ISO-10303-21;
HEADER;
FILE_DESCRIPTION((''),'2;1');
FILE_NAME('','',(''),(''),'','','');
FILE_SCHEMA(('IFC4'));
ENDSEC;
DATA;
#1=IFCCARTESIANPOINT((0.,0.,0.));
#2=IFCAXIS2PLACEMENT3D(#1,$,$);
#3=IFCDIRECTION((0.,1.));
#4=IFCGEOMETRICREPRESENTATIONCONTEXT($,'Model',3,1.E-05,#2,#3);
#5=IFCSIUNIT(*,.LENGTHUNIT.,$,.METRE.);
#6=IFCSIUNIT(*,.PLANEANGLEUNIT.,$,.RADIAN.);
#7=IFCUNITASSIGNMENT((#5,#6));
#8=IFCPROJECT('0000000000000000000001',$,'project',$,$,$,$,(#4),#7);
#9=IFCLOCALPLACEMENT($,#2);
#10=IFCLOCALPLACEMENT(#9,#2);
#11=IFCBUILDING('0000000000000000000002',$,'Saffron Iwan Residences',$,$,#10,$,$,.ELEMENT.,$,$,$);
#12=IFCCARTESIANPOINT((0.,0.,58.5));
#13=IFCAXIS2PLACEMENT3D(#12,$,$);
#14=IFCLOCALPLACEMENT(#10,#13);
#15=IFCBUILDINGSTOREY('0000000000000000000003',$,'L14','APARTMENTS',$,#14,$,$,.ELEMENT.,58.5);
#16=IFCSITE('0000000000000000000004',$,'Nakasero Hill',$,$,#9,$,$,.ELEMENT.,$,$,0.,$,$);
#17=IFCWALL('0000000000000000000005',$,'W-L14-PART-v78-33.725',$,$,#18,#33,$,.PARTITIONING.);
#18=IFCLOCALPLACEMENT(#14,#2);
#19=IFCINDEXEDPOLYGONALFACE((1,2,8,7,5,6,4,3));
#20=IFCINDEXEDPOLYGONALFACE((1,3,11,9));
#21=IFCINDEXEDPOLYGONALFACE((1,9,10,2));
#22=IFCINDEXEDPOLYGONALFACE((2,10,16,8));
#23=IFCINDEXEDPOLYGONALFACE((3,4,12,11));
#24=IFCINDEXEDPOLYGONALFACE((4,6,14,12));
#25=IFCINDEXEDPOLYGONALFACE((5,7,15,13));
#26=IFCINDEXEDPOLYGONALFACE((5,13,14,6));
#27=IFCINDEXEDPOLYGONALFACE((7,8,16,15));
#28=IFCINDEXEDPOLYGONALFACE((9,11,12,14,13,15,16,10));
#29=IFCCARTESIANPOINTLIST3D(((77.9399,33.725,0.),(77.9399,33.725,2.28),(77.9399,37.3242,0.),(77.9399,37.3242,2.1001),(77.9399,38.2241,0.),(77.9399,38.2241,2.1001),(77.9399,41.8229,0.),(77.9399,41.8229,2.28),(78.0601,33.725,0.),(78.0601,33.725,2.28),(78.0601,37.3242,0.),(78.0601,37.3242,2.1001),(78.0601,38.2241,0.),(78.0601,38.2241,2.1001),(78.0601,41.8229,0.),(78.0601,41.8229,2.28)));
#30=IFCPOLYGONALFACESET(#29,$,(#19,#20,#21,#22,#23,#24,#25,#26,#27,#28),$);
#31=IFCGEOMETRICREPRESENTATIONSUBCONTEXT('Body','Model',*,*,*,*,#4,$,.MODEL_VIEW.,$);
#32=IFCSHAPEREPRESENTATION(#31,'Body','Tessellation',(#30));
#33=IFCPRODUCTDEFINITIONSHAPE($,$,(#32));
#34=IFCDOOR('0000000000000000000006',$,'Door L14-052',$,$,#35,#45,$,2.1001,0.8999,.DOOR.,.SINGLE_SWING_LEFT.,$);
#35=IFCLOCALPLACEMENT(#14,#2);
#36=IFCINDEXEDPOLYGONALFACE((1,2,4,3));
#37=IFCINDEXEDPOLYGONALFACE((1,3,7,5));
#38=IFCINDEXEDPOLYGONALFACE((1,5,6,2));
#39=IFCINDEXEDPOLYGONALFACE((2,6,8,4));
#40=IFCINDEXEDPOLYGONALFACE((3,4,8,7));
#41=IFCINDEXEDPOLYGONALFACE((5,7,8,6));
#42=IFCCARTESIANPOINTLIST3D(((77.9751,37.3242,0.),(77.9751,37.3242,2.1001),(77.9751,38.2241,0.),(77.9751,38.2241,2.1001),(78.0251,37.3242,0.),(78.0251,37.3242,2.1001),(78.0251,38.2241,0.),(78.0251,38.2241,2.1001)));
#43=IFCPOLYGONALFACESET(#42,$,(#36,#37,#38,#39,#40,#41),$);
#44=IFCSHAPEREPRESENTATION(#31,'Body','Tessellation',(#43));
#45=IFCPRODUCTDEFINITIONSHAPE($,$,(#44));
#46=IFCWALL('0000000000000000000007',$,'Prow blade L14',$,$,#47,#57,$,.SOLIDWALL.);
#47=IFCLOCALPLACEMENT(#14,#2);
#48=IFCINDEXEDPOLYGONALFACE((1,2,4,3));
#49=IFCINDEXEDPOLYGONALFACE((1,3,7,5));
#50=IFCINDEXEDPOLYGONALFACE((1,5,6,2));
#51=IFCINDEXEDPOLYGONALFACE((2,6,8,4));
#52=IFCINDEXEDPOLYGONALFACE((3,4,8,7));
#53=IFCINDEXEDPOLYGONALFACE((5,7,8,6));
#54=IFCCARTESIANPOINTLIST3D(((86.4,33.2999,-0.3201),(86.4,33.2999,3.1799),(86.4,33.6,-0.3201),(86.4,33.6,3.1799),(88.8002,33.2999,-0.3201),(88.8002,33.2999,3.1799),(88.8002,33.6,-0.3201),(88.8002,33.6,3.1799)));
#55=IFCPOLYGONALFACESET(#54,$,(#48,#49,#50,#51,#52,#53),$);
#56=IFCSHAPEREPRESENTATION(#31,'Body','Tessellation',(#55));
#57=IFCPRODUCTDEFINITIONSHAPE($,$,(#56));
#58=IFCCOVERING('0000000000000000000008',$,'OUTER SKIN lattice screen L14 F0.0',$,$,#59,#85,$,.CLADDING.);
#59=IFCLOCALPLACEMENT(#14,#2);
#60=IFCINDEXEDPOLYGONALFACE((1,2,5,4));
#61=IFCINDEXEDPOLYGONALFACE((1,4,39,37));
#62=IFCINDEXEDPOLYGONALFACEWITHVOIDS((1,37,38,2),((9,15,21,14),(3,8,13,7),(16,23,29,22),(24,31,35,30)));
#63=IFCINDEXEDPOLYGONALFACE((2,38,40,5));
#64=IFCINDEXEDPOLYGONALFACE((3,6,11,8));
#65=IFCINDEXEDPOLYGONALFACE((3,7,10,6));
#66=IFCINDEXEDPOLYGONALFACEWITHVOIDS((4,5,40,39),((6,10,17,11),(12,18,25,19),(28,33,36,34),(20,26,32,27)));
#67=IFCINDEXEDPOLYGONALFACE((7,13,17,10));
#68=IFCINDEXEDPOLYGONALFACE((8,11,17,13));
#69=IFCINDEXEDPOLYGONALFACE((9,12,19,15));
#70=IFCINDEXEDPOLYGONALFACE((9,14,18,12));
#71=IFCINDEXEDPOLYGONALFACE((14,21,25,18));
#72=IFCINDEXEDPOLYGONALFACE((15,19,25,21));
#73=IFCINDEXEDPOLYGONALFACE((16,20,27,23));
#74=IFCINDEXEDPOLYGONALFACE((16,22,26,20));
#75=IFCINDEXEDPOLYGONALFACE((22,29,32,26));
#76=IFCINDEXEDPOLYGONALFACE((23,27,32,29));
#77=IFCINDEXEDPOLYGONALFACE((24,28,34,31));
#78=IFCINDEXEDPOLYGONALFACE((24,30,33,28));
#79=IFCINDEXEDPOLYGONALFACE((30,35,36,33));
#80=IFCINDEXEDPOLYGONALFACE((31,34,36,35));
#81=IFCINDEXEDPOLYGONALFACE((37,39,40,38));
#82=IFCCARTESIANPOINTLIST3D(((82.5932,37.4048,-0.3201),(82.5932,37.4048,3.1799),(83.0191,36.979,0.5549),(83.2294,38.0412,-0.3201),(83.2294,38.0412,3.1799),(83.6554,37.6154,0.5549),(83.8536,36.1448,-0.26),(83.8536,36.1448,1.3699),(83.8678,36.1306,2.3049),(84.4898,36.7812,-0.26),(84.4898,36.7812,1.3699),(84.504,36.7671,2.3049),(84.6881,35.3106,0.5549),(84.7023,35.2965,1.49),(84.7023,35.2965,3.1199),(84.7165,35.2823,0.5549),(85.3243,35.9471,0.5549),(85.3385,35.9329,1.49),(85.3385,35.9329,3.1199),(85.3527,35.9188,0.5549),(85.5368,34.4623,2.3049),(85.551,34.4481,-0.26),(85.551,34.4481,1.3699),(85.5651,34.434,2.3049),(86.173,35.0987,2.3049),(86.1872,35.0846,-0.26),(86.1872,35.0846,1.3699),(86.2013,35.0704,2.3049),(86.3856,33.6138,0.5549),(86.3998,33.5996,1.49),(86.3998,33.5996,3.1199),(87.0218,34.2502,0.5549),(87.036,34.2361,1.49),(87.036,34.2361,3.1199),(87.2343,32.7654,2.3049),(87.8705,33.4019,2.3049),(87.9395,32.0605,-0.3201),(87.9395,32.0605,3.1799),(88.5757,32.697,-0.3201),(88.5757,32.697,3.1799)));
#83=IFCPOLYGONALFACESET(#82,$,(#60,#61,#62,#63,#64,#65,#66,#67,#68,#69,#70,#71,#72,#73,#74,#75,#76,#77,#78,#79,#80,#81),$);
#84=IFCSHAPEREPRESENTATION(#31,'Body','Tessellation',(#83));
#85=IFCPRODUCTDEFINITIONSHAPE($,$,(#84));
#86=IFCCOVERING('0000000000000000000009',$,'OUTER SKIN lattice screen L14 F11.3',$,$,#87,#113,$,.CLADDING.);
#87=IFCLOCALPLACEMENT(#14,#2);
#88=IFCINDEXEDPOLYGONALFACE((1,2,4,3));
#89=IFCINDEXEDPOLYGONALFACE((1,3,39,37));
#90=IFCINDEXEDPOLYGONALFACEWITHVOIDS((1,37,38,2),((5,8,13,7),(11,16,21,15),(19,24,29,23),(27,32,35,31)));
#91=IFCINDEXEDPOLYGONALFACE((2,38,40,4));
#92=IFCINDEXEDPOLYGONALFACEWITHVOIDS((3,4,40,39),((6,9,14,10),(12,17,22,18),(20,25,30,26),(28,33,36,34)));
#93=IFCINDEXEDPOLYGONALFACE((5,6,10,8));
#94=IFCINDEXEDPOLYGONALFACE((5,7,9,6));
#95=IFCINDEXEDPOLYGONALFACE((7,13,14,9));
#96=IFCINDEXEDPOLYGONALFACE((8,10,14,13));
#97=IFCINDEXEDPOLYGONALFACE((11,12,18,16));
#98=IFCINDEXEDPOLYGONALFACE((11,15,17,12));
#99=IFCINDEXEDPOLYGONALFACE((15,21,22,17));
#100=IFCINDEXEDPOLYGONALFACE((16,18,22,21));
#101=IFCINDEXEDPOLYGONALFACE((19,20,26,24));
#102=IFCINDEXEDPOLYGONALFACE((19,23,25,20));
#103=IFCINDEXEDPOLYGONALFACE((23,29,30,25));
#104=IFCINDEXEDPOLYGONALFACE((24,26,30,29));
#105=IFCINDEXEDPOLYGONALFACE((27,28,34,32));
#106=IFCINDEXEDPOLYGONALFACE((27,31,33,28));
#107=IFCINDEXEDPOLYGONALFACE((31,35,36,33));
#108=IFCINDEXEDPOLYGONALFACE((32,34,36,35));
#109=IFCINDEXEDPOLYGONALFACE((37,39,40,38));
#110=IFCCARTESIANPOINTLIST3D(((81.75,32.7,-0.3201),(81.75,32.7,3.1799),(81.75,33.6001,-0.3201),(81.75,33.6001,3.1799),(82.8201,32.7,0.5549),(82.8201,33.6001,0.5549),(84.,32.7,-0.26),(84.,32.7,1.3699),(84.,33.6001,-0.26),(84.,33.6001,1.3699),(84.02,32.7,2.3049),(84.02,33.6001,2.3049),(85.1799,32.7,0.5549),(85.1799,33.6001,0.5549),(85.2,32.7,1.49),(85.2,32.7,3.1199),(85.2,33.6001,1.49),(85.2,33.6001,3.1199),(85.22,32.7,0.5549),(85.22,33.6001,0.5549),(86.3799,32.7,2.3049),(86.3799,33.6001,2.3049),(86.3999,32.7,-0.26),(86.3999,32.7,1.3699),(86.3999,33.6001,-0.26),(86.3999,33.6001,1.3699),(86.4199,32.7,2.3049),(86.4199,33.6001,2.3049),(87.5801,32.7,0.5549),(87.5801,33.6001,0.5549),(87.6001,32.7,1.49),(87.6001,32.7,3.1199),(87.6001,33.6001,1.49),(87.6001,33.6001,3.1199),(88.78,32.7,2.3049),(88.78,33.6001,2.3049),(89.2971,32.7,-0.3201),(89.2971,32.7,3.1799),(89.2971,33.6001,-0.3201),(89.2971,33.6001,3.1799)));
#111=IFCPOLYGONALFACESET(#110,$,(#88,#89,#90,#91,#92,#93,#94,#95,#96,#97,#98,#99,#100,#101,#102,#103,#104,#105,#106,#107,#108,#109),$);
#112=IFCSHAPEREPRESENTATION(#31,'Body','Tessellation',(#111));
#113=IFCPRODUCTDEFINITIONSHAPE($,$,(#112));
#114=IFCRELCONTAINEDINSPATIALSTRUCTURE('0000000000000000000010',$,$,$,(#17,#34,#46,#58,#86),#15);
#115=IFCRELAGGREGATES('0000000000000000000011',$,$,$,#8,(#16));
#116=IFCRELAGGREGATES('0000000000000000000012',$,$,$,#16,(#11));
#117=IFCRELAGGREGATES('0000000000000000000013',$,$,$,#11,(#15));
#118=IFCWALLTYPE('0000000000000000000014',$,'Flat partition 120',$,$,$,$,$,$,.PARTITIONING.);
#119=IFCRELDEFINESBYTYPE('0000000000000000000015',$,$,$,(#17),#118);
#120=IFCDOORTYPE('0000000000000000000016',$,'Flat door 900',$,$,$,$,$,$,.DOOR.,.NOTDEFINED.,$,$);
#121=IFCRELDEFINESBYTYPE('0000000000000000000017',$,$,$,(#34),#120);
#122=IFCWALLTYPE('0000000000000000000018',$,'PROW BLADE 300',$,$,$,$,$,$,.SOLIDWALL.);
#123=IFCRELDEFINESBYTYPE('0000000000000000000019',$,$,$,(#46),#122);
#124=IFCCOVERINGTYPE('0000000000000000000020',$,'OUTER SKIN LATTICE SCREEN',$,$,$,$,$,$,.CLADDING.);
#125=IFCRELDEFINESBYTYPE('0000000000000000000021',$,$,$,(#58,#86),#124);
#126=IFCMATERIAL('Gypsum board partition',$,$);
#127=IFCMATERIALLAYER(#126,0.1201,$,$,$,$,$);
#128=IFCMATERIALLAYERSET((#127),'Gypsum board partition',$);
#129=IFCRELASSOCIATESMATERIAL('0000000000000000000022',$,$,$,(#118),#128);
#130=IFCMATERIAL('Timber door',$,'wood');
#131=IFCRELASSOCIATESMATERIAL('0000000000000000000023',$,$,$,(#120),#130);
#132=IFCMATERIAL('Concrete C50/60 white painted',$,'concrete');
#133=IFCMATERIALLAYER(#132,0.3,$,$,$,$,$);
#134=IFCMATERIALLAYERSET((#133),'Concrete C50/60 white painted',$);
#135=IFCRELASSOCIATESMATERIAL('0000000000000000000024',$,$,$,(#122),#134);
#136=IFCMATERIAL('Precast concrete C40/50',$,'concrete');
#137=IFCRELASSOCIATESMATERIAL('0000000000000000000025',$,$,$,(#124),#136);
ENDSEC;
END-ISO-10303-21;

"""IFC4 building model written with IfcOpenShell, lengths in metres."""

from ifc_helpers import new_model, si_unit, direction, frame, frame_2d, origin, place, context, subcontext, project, spatial, polyline, rectangle, outline, extrude, material, layer, layer_set, type_object, element, fill, save


model = new_model("IFC4")

# Units and contexts
model_context = context("Model", 3, precision=1e-05, world=origin(), true_north=direction((0.0, 1.0)))
body_context = subcontext(model_context, "Body", "Model", "MODEL_VIEW")
ifc_project = project(units=[si_unit("LENGTHUNIT", "METRE"), si_unit("PLANEANGLEUNIT", "RADIAN")], contexts=[model_context])

# Site, building, storey
site_placement = place(None, origin())
site = spatial("IfcSite", under=ifc_project, at=site_placement, Name="Nakasero Hill", CompositionType="ELEMENT", RefElevation=0.0)
building_placement = place(site_placement, origin())
building = spatial("IfcBuilding", under=site, at=building_placement, Name="Saffron Iwan Residences", CompositionType="ELEMENT")
storey_placement = place(building_placement, frame((0.0, 0.0, 58.5)))
storey = spatial("IfcBuildingStorey", under=building, at=storey_placement, Name="L14", Description="APARTMENTS", CompositionType="ELEMENT", Elevation=58.5)

# Shared definitions
ifc_material_1 = material(Name="Concrete C50/60 white painted", Category="concrete")

# Wall, opening, door
ifc_material_2 = material(Name="Gypsum board partition")
ifc_layer_1 = layer(ifc_material_2, 0.1201)
ifc_layer_set_1 = layer_set([ifc_layer_1], Name="Gypsum board partition")
wall_type_1 = type_object("IfcWallType", Name="Flat partition 120", PredefinedType="PARTITIONING", material=ifc_layer_set_1)
wall_1_placement = place(storey_placement, frame((78.0, 33.7251, 0.0), z_axis=(0.0, 0.0, 1.0), x_axis=(0.0, 1.0, 0.0)))
wall_1 = element("IfcWall", 1, at=wall_1_placement, inside=storey, type_object=wall_type_1, Name="W-L14-PART-v78-33.725", PredefinedType="PARTITIONING", context=body_context, shape_type="SweptSolid", body=[
    extrude(rectangle(XDim=8.0979, YDim=0.1201, at=frame_2d((4.0488, 0.0))), origin(), (0.0, 0.0, 1.0), 2.28),
])
opening_1_placement = place(wall_1_placement, frame((3.5991, 0.0, 0.0)))
opening_1 = element("IfcOpeningElement", 2, at=opening_1_placement, cuts=wall_1, PredefinedType="OPENING", context=body_context, shape_type="SweptSolid", body=[
    extrude(rectangle(XDim=0.8999, YDim=2.1001, at=frame_2d((0.45, 1.05))), frame((0.0, 0.0701, 0.0), z_axis=(0.0, -1.0, 0.0), x_axis=(1.0, 0.0, 0.0)), (0.0, 0.0, 1.0), 0.1401),
])
ifc_material_3 = material(Name="Timber door", Category="wood")
door_type = type_object("IfcDoorType", Name="Flat door 900", OperationType="NOTDEFINED", PredefinedType="DOOR", material=ifc_material_3)
door_placement = place(opening_1_placement, origin())
door = element("IfcDoor", 3, at=door_placement, inside=storey, type_object=door_type, Name="Door L14-052", OperationType="SINGLE_SWING_LEFT", OverallHeight=2.1001, OverallWidth=0.8999, PredefinedType="DOOR", context=body_context, shape_type="SweptSolid", body=[
    extrude(rectangle(XDim=0.8999, YDim=2.1001, at=frame_2d((0.45, 1.05))), frame((0.0, 0.0249, 0.0), z_axis=(0.0, -1.0, 0.0), x_axis=(1.0, 0.0, 0.0)), (0.0, 0.0, 1.0), 0.05),
])
fill(opening_1, door)

# Wall
ifc_layer_2 = layer(ifc_material_1, 0.3)
ifc_layer_set_2 = layer_set([ifc_layer_2], Name="Concrete C50/60 white painted")
wall_type_2 = type_object("IfcWallType", Name="PROW BLADE 300", PredefinedType="SOLIDWALL", material=ifc_layer_set_2)
wall_2_placement = place(storey_placement, frame((86.3999, 33.45, -0.3201), z_axis=(0.0, 0.0, 1.0), x_axis=(1.0, 0.0, 0.0)))
element("IfcWall", 4, at=wall_2_placement, inside=storey, type_object=wall_type_2, Name="Prow blade L14", PredefinedType="SOLIDWALL", context=body_context, shape_type="SweptSolid", body=[
    extrude(rectangle(XDim=2.4001, YDim=0.3, at=frame_2d((1.2002, 0.0))), origin(), (0.0, 0.0, 1.0), 3.5),
])

# Coverings
ifc_material_4 = material(Name="Precast concrete C40/50", Category="concrete")
covering_type = type_object("IfcCoveringType", Name="OUTER SKIN LATTICE SCREEN", PredefinedType="CLADDING", material=ifc_material_4)
covering_1_placement = place(storey_placement, frame((87.9395, 32.0605, -0.3201), z_axis=(0.706971, 0.707242, 0.0), x_axis=(-0.707242, 0.706971, 0.0)))
element("IfcCovering", 5, at=covering_1_placement, inside=storey, type_object=covering_type, Name="OUTER SKIN lattice screen L14 F0.0", PredefinedType="CLADDING", context=body_context, shape_type="SweptSolid", body=[
    extrude(outline(polyline([(0.0, 0.0), (7.5593, 0.0), (7.5593, 3.5), (0.0, 3.5), (0.0, 0.0)]), holes=[polyline([(2.197, 0.875), (3.3772, 0.0601), (4.5571, 0.875), (3.3772, 1.6899), (2.197, 0.875)]), polyline([(4.5972, 0.875), (5.7771, 0.0601), (6.957, 0.875), (5.7771, 1.6899), (4.5972, 0.875)]), polyline([(0.9971, 2.625), (2.177, 1.8101), (3.3572, 2.625), (2.177, 3.4399), (0.9971, 2.625)]), polyline([(3.3972, 2.625), (4.5771, 1.8101), (5.7571, 2.625), (4.5771, 3.4399), (3.3972, 2.625)])]), origin(), (0.0, 0.0, 1.0), 0.8999),
])
covering_2_placement = place(storey_placement, frame((81.75, 33.6001, -0.3201), z_axis=(0.0, -1.0, 0.0), x_axis=(1.0, 0.0, 0.0)))
element("IfcCovering", 6, at=covering_2_placement, inside=storey, type_object=covering_type, Name="OUTER SKIN lattice screen L14 F11.3", PredefinedType="CLADDING", context=body_context, shape_type="SweptSolid", body=[
    extrude(outline(polyline([(0.0, 0.0), (7.5471, 0.0), (7.5471, 3.5), (0.0, 3.5), (0.0, 0.0)]), holes=[polyline([(1.0701, 0.875), (2.25, 0.0601), (3.4299, 0.875), (2.25, 1.6899), (1.0701, 0.875)]), polyline([(3.47, 0.875), (4.6499, 0.0601), (5.8301, 0.875), (4.6499, 1.6899), (3.47, 0.875)]), polyline([(2.27, 2.625), (3.45, 1.8101), (4.6299, 2.625), (3.45, 3.4399), (2.27, 2.625)]), polyline([(4.6699, 2.625), (5.8501, 1.8101), (7.03, 2.625), (5.8501, 3.4399), (4.6699, 2.625)])]), origin(), (0.0, 0.0, 1.0), 0.9001),
])

save(model, "model.ifc")
